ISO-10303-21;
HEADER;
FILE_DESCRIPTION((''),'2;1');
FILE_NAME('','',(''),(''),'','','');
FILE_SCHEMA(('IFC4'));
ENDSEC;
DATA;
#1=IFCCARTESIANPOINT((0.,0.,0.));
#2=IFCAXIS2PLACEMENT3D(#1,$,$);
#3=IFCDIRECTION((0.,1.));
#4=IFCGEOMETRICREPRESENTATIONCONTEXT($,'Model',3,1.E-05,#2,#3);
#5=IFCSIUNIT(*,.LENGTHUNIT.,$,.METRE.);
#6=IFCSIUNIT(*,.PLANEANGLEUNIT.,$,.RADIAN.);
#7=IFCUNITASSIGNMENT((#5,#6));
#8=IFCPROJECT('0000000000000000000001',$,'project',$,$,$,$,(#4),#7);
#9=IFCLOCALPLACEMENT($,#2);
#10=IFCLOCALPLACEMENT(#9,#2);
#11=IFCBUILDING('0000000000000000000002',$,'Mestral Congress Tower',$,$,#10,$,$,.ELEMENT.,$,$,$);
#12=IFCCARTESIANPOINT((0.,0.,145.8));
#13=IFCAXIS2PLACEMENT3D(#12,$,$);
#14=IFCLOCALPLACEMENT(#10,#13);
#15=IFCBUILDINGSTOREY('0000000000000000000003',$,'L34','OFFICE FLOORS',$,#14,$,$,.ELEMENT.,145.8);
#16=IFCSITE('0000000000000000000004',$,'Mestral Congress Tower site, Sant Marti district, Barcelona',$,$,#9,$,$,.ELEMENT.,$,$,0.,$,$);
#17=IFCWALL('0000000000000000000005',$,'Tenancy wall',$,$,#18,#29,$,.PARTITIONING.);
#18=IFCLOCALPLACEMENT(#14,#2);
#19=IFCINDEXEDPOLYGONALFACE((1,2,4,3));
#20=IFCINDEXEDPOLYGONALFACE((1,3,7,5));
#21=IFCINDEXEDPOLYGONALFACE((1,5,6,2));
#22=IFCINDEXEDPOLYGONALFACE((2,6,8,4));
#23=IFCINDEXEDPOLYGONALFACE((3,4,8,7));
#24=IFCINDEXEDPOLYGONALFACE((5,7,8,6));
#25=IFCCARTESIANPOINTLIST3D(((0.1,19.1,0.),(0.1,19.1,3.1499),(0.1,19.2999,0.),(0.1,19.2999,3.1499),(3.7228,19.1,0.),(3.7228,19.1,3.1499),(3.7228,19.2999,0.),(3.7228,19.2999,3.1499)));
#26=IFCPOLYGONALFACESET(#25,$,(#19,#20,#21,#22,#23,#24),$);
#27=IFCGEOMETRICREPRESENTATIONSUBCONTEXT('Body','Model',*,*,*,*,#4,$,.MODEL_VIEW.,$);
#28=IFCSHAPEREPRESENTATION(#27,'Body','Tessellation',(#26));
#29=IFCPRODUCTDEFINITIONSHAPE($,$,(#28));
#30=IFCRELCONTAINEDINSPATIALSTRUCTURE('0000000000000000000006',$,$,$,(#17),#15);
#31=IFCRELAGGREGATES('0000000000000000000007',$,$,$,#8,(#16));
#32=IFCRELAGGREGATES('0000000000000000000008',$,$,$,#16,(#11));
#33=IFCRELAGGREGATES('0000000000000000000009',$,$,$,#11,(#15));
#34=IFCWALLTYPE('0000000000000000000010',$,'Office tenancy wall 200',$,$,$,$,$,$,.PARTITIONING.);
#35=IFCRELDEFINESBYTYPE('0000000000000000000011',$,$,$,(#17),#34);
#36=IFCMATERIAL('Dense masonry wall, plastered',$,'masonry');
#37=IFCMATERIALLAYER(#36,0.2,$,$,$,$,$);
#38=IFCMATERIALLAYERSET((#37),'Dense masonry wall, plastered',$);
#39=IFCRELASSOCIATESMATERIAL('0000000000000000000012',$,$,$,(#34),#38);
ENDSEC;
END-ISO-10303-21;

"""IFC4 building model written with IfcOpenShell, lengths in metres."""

from ifc_helpers import new_model, si_unit, direction, frame, frame_2d, origin, place, context, subcontext, project, spatial, rectangle, extrude, material, layer, layer_set, type_object, element, save


model = new_model("IFC4")

# Units and contexts
model_context = context("Model", 3, precision=1e-05, world=origin(), true_north=direction((0.0, 1.0)))
body_context = subcontext(model_context, "Body", "Model", "MODEL_VIEW")
ifc_project = project(units=[si_unit("LENGTHUNIT", "METRE"), si_unit("PLANEANGLEUNIT", "RADIAN")], contexts=[model_context])

# Site, building, storey
site_placement = place(None, origin())
site = spatial("IfcSite", under=ifc_project, at=site_placement, Name="Mestral Congress Tower site, Sant Marti district, Barcelona", CompositionType="ELEMENT", RefElevation=0.0)
building_placement = place(site_placement, origin())
building = spatial("IfcBuilding", under=site, at=building_placement, Name="Mestral Congress Tower", CompositionType="ELEMENT")
storey_placement = place(building_placement, frame((0.0, 0.0, 145.8)))
storey = spatial("IfcBuildingStorey", under=building, at=storey_placement, Name="L34", Description="OFFICE FLOORS", CompositionType="ELEMENT", Elevation=145.8)

# Wall
ifc_material_1 = material(Name="Dense masonry wall, plastered", Category="masonry")
ifc_layer_1 = layer(ifc_material_1, 0.2)
ifc_layer_set_1 = layer_set([ifc_layer_1], Name="Dense masonry wall, plastered")
wall_type_1 = type_object("IfcWallType", Name="Office tenancy wall 200", PredefinedType="PARTITIONING", material=ifc_layer_set_1)
wall_1_placement = place(storey_placement, frame((3.7229, 19.2, 0.0), z_axis=(0.0, 0.0, 1.0), x_axis=(-1.0, 0.0, 0.0)))
element("IfcWall", 1, at=wall_1_placement, inside=storey, type_object=wall_type_1, Name="Tenancy wall", PredefinedType="PARTITIONING", context=body_context, shape_type="SweptSolid", body=[
    extrude(rectangle(XDim=3.6228, YDim=0.2, at=frame_2d((1.8115, 0.0))), origin(), (0.0, 0.0, 1.0), 3.1499),
])

save(model, "model.ifc")
